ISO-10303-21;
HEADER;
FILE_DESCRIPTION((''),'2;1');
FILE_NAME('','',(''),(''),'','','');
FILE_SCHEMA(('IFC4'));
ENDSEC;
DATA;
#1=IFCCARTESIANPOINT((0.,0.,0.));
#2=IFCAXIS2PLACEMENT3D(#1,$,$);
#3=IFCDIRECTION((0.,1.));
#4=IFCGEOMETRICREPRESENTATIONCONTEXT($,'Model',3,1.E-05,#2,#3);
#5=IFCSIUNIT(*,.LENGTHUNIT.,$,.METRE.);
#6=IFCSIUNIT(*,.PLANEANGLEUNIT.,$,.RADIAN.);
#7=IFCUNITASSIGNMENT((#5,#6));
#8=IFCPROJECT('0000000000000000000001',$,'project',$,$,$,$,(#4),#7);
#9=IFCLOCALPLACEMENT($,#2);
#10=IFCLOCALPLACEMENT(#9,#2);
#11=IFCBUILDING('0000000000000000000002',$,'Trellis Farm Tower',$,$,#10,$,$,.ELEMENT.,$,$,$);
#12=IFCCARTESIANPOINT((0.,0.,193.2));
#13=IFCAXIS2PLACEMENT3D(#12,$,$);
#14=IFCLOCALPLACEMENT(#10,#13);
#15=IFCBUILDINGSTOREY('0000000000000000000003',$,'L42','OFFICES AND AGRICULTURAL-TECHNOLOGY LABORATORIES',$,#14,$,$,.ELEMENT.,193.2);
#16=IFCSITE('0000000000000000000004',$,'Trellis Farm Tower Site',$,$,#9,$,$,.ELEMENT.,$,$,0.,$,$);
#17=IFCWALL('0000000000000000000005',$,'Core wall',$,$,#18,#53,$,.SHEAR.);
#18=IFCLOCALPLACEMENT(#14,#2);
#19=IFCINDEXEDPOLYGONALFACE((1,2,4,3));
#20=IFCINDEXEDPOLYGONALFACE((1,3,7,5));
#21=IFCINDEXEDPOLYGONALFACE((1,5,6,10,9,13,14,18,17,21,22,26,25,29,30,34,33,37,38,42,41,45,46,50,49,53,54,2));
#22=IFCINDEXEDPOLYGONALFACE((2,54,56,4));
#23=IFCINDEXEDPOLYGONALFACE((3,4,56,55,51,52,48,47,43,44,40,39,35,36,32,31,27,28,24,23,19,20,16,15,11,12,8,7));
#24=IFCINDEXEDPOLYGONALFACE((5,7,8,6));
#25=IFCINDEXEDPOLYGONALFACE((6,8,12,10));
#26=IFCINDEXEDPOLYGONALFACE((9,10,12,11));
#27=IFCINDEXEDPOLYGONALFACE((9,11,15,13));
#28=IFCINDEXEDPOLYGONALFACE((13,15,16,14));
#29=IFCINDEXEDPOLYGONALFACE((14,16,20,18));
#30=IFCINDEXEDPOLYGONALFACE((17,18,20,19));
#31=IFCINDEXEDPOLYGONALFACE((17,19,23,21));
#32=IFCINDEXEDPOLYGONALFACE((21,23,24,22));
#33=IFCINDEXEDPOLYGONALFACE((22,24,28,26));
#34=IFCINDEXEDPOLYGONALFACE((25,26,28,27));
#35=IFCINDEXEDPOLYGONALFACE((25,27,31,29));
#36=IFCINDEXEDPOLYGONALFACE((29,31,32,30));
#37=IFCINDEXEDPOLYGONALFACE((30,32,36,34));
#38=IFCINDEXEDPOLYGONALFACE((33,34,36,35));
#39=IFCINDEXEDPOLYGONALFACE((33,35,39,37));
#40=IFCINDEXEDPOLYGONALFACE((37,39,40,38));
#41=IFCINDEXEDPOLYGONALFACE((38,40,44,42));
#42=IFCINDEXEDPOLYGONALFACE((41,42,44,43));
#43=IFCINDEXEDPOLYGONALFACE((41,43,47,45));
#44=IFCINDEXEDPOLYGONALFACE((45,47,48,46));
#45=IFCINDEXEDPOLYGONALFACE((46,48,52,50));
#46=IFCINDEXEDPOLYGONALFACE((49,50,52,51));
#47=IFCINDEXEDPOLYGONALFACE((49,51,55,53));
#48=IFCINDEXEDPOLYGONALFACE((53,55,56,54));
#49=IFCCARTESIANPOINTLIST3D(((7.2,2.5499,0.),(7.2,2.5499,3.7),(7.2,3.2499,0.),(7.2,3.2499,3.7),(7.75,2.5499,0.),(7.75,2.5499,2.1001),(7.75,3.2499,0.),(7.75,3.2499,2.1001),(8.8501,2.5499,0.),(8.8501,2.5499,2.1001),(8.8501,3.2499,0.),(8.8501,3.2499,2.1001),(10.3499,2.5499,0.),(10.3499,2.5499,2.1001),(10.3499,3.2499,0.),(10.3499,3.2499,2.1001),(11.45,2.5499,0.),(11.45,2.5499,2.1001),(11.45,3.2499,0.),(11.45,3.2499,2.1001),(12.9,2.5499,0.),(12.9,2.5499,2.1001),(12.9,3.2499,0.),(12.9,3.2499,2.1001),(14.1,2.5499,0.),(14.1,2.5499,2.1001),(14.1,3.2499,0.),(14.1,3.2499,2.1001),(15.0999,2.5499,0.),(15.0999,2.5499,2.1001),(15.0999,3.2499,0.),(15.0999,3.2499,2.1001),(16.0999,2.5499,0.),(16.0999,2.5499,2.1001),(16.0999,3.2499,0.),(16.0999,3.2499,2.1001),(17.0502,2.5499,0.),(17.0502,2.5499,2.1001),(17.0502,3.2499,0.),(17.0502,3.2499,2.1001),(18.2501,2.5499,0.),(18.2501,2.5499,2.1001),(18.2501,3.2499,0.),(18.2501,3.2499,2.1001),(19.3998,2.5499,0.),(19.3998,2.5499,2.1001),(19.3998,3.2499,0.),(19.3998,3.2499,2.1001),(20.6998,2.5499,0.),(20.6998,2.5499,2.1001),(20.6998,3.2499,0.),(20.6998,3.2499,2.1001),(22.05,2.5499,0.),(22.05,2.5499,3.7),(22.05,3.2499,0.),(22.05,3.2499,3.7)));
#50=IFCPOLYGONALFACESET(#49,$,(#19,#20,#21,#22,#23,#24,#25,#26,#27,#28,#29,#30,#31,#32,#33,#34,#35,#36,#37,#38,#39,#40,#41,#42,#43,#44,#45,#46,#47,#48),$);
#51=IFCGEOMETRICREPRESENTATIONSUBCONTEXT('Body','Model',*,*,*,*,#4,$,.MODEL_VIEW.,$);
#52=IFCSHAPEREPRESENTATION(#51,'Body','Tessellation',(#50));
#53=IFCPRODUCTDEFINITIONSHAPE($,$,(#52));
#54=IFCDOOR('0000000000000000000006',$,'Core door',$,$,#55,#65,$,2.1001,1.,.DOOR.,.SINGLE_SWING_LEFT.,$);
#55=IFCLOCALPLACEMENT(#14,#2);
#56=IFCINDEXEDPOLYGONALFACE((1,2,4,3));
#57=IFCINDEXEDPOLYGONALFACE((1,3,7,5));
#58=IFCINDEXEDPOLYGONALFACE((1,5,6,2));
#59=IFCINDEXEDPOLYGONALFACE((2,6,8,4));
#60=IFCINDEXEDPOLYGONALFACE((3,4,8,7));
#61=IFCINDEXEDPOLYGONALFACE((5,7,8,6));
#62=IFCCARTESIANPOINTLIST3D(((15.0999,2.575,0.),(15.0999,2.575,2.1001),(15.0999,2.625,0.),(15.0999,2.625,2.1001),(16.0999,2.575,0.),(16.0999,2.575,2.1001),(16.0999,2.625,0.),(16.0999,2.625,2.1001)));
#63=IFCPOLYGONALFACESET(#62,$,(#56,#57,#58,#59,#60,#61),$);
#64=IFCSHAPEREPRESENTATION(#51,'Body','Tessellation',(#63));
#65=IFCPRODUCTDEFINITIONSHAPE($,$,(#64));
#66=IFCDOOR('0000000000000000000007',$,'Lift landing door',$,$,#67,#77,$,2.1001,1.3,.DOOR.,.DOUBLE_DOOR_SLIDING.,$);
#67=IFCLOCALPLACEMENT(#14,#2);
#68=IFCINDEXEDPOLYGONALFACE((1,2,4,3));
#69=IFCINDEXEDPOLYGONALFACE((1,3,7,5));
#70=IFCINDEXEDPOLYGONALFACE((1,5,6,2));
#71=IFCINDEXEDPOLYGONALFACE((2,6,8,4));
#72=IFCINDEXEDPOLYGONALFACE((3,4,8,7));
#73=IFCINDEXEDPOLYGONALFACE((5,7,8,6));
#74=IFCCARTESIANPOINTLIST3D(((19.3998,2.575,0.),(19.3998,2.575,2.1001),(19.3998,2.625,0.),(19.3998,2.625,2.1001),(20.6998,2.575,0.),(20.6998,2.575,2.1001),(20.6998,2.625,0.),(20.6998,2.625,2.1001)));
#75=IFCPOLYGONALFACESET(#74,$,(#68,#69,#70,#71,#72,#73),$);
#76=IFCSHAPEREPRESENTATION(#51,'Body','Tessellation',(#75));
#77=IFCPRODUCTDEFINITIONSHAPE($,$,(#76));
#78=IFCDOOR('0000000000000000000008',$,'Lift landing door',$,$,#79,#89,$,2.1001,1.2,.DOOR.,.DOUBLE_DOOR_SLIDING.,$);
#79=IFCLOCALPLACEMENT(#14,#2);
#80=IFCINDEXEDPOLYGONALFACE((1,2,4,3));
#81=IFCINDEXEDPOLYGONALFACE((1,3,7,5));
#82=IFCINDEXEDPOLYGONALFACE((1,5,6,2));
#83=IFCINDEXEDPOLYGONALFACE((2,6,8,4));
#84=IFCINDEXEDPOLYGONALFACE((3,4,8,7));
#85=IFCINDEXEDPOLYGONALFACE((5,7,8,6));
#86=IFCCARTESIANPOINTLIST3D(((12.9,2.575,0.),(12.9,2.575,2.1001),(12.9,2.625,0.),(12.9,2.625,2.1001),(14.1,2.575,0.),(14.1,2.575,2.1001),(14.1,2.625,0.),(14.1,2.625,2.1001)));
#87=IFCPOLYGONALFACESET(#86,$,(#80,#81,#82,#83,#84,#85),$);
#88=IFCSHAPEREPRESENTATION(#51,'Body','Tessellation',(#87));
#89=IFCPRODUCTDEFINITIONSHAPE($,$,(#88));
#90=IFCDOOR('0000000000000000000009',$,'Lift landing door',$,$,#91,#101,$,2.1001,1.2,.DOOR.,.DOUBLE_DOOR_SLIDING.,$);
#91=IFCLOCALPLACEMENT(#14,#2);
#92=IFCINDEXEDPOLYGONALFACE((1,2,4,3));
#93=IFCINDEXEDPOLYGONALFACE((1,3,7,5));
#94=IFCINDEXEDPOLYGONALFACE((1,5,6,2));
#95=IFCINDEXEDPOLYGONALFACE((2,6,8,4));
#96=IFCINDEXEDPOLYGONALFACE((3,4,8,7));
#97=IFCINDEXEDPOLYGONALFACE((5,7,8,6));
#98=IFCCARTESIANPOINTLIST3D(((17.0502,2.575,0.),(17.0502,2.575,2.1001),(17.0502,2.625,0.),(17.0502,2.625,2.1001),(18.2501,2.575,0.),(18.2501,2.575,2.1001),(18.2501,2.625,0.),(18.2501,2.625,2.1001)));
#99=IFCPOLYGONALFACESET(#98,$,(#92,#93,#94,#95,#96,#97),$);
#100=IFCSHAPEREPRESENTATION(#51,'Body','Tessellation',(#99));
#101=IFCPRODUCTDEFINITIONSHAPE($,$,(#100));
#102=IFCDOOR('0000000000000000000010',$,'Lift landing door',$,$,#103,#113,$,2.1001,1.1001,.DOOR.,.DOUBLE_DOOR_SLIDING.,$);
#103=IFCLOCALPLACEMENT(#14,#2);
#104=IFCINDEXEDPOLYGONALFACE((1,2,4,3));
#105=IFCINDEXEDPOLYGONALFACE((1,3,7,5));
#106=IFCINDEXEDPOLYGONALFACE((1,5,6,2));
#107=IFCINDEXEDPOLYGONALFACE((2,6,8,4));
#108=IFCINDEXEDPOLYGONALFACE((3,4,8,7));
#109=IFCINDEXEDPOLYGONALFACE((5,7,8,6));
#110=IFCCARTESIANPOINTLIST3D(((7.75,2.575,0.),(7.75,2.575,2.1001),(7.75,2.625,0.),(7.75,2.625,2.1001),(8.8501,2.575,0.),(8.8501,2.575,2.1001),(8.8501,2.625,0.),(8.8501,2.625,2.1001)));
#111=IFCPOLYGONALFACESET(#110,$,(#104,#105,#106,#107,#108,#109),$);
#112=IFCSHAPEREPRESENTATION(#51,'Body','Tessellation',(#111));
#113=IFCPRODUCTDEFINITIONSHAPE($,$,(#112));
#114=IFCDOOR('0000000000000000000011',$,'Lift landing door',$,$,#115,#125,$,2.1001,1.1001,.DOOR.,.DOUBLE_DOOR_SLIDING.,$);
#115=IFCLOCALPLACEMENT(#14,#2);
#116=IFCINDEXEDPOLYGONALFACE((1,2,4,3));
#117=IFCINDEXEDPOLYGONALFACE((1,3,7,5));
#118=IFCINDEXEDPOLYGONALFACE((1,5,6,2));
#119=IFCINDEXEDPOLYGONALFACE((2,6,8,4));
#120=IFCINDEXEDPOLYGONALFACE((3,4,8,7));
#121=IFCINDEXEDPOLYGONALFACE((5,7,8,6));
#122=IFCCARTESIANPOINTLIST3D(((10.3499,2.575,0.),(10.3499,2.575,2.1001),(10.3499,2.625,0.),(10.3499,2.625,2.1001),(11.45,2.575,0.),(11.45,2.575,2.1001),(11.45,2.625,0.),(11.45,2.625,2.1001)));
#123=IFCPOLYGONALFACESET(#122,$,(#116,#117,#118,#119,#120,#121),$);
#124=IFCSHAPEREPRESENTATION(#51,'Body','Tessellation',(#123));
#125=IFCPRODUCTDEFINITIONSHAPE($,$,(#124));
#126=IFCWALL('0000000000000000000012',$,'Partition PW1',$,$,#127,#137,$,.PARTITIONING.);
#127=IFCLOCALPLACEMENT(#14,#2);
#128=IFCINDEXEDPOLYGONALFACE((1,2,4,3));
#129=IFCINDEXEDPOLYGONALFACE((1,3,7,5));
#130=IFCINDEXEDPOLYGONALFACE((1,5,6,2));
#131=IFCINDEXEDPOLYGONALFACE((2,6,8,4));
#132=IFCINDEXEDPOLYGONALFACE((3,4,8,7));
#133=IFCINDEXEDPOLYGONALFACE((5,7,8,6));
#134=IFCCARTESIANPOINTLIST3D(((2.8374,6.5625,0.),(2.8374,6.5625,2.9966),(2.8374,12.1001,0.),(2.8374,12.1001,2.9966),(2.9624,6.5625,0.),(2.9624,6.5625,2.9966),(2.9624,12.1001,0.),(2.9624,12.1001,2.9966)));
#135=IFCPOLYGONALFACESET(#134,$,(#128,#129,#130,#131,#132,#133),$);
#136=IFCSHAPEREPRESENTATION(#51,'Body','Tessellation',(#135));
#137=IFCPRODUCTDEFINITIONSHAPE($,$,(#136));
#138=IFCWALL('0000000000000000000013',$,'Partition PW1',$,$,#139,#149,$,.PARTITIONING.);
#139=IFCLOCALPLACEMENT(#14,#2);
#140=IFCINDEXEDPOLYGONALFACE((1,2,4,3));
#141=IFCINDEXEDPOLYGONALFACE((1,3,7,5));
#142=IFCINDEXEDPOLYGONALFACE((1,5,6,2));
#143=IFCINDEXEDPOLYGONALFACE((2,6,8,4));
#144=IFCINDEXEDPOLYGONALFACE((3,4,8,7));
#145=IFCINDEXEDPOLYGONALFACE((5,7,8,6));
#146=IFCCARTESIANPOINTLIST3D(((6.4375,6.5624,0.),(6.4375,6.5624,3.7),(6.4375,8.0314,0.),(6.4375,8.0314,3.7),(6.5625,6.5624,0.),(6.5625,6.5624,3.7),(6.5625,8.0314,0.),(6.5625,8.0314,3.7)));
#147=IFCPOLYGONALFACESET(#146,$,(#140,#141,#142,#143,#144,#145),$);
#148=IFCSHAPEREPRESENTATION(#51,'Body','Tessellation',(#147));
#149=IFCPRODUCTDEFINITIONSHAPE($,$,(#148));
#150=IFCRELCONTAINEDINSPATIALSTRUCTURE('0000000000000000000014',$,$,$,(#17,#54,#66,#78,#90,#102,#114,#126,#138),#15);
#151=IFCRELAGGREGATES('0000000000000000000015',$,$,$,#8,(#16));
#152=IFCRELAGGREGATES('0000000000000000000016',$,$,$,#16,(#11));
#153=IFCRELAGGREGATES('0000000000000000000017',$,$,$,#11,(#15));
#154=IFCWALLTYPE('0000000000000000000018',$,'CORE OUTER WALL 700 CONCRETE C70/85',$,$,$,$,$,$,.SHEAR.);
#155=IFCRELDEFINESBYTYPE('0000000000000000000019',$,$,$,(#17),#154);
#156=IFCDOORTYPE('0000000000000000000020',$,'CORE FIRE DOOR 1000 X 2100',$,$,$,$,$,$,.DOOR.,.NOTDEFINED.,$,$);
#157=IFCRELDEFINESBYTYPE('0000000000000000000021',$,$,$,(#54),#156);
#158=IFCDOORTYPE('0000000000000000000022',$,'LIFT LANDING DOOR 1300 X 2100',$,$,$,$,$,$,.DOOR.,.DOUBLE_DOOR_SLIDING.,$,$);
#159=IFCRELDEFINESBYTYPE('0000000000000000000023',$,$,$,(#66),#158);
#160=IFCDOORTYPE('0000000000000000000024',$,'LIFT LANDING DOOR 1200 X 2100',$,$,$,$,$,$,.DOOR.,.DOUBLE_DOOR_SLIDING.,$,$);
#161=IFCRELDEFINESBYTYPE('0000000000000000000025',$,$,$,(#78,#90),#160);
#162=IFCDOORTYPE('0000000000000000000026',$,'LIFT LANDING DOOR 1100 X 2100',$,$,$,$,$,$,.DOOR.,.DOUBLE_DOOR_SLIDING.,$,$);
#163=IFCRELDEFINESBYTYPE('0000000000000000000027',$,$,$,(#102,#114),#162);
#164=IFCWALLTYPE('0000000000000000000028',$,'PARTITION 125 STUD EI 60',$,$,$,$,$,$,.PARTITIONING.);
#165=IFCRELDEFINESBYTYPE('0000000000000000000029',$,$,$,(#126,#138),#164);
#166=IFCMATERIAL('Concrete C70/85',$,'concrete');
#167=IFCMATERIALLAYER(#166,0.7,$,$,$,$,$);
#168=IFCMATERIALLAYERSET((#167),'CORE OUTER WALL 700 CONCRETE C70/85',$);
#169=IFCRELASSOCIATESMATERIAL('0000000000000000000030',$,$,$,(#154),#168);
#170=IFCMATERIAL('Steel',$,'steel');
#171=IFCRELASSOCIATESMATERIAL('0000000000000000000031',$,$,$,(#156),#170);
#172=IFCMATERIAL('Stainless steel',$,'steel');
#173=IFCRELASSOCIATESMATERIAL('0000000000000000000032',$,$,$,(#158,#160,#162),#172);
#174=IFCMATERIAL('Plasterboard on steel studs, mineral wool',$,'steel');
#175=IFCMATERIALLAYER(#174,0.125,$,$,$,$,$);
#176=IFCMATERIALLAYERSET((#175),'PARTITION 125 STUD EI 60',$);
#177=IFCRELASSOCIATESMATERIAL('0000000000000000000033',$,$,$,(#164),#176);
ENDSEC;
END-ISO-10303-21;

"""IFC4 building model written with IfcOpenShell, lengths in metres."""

from ifc_helpers import new_model, si_unit, direction, frame, frame_2d, origin, place, context, subcontext, project, spatial, rectangle, extrude, source, transform, mapped, material, layer, layer_set, type_object, element, fill, save


model = new_model("IFC4")

# Units and contexts
model_context = context("Model", 3, precision=1e-05, world=origin(), true_north=direction((0.0, 1.0)))
body_context = subcontext(model_context, "Body", "Model", "MODEL_VIEW")
ifc_project = project(units=[si_unit("LENGTHUNIT", "METRE"), si_unit("PLANEANGLEUNIT", "RADIAN")], contexts=[model_context])

# Site, building, storey
site_placement = place(None, origin())
site = spatial("IfcSite", under=ifc_project, at=site_placement, Name="Trellis Farm Tower Site", CompositionType="ELEMENT", RefElevation=0.0)
building_placement = place(site_placement, origin())
building = spatial("IfcBuilding", under=site, at=building_placement, Name="Trellis Farm Tower", CompositionType="ELEMENT")
storey_placement = place(building_placement, frame((0.0, 0.0, 193.2)))
storey = spatial("IfcBuildingStorey", under=building, at=storey_placement, Name="L42", Description="OFFICES AND AGRICULTURAL-TECHNOLOGY LABORATORIES", CompositionType="ELEMENT", Elevation=193.2)

# Shared definitions
ifc_material_1 = material(Name="Concrete C70/85", Category="concrete")

# Wall, openings, doors
ifc_layer_1 = layer(ifc_material_1, 0.7)
ifc_layer_set_1 = layer_set([ifc_layer_1], Name="CORE OUTER WALL 700 CONCRETE C70/85")
wall_type_1 = type_object("IfcWallType", Name="CORE OUTER WALL 700 CONCRETE C70/85", PredefinedType="SHEAR", material=ifc_layer_set_1)
shared_shape_1 = source(origin(), body_context, "Body", "SweptSolid", [
    extrude(rectangle(XDim=14.8501, YDim=0.7, at=frame_2d((7.425, 0.0))), origin(), (0.0, 0.0, 1.0), 3.7),
])
wall_1_placement = place(storey_placement, frame((7.2, 2.8999, 0.0), z_axis=(0.0, 0.0, 1.0), x_axis=(1.0, 0.0, 0.0)))
wall_1 = element("IfcWall", 1, at=wall_1_placement, inside=storey, type_object=wall_type_1, Name="Core wall", PredefinedType="SHEAR", context=body_context, shape_type="MappedRepresentation", body=[
    mapped(shared_shape_1, transform((0.0, 0.0, 0.0))),
])
shared_shape_2 = source(origin(), body_context, "Body", "SweptSolid", [
    extrude(rectangle(XDim=1.1001, YDim=2.1001, at=frame_2d((0.55, 1.05))), frame((0.0, 0.3601, 0.0), z_axis=(0.0, -1.0, 0.0), x_axis=(1.0, 0.0, 0.0)), (0.0, 0.0, 1.0), 0.7202),
])
opening_1_placement = place(wall_1_placement, frame((0.55, 0.0, 0.0)))
opening_1 = element("IfcOpeningElement", 2, at=opening_1_placement, cuts=wall_1, PredefinedType="OPENING", context=body_context, shape_type="MappedRepresentation", body=[
    mapped(shared_shape_2, transform((0.0, 0.0, 0.0))),
])
opening_2_placement = place(wall_1_placement, frame((3.1499, 0.0, 0.0)))
opening_2 = element("IfcOpeningElement", 3, at=opening_2_placement, cuts=wall_1, PredefinedType="OPENING", context=body_context, shape_type="MappedRepresentation", body=[
    mapped(shared_shape_2, transform((0.0, 0.0, 0.0))),
])
shared_shape_3 = source(origin(), body_context, "Body", "SweptSolid", [
    extrude(rectangle(XDim=1.2, YDim=2.1001, at=frame_2d((0.6001, 1.05))), frame((0.0, 0.3601, 0.0), z_axis=(0.0, -1.0, 0.0), x_axis=(1.0, 0.0, 0.0)), (0.0, 0.0, 1.0), 0.7202),
])
opening_3_placement = place(wall_1_placement, frame((5.7, 0.0, 0.0)))
opening_3 = element("IfcOpeningElement", 4, at=opening_3_placement, cuts=wall_1, PredefinedType="OPENING", context=body_context, shape_type="MappedRepresentation", body=[
    mapped(shared_shape_3, transform((0.0, 0.0, 0.0))),
])
shared_shape_4 = source(origin(), body_context, "Body", "SweptSolid", [
    extrude(rectangle(XDim=1.3, YDim=2.1001, at=frame_2d((0.6499, 1.05))), frame((0.0, 0.3601, 0.0), z_axis=(0.0, -1.0, 0.0), x_axis=(1.0, 0.0, 0.0)), (0.0, 0.0, 1.0), 0.7202),
])
opening_4_placement = place(wall_1_placement, frame((12.2, 0.0, 0.0)))
opening_4 = element("IfcOpeningElement", 5, at=opening_4_placement, cuts=wall_1, PredefinedType="OPENING", context=body_context, shape_type="MappedRepresentation", body=[
    mapped(shared_shape_4, transform((0.0, 0.0, 0.0))),
])
opening_5_placement = place(wall_1_placement, frame((9.8501, 0.0, 0.0)))
opening_5 = element("IfcOpeningElement", 6, at=opening_5_placement, cuts=wall_1, PredefinedType="OPENING", context=body_context, shape_type="MappedRepresentation", body=[
    mapped(shared_shape_3, transform((0.0, 0.0, 0.0))),
])
shared_shape_5 = source(origin(), body_context, "Body", "SweptSolid", [
    extrude(rectangle(XDim=1.0, YDim=2.1001, at=frame_2d((0.5, 1.05))), frame((0.0, 0.3601, 0.0), z_axis=(0.0, -1.0, 0.0), x_axis=(1.0, 0.0, 0.0)), (0.0, 0.0, 1.0), 0.7202),
])
opening_6_placement = place(wall_1_placement, frame((7.8999, 0.0, 0.0)))
opening_6 = element("IfcOpeningElement", 7, at=opening_6_placement, cuts=wall_1, PredefinedType="OPENING", context=body_context, shape_type="MappedRepresentation", body=[
    mapped(shared_shape_5, transform((0.0, 0.0, 0.0))),
])
ifc_material_2 = material(Name="Steel", Category="steel")
door_type_1 = type_object("IfcDoorType", Name="CORE FIRE DOOR 1000 X 2100", OperationType="NOTDEFINED", PredefinedType="DOOR", material=ifc_material_2)
shared_shape_6 = source(origin(), body_context, "Body", "SweptSolid", [
    extrude(rectangle(XDim=1.0, YDim=2.1001, at=frame_2d((0.5, 1.05))), frame((0.0, -0.2749, 0.0), z_axis=(0.0, -1.0, 0.0), x_axis=(1.0, 0.0, 0.0)), (0.0, 0.0, 1.0), 0.05),
])
door_1_placement = place(opening_6_placement, origin())
door_1 = element("IfcDoor", 8, at=door_1_placement, inside=storey, type_object=door_type_1, Name="Core door", OperationType="SINGLE_SWING_LEFT", OverallHeight=2.1001, OverallWidth=1.0, PredefinedType="DOOR", context=body_context, shape_type="MappedRepresentation", body=[
    mapped(shared_shape_6, transform((0.0, 0.0, 0.0))),
])
fill(opening_6, door_1)
ifc_material_3 = material(Name="Stainless steel", Category="steel")
door_type_2 = type_object("IfcDoorType", Name="LIFT LANDING DOOR 1300 X 2100", OperationType="DOUBLE_DOOR_SLIDING", PredefinedType="DOOR", material=ifc_material_3)
shared_shape_7 = source(origin(), body_context, "Body", "SweptSolid", [
    extrude(rectangle(XDim=1.3, YDim=2.1001, at=frame_2d((0.6499, 1.05))), frame((0.0, -0.2749, 0.0), z_axis=(0.0, -1.0, 0.0), x_axis=(1.0, 0.0, 0.0)), (0.0, 0.0, 1.0), 0.05),
])
door_2_placement = place(opening_4_placement, origin())
door_2 = element("IfcDoor", 9, at=door_2_placement, inside=storey, type_object=door_type_2, Name="Lift landing door", OperationType="DOUBLE_DOOR_SLIDING", OverallHeight=2.1001, OverallWidth=1.3, PredefinedType="DOOR", context=body_context, shape_type="MappedRepresentation", body=[
    mapped(shared_shape_7, transform((0.0, 0.0, 0.0))),
])
fill(opening_4, door_2)
door_type_3 = type_object("IfcDoorType", Name="LIFT LANDING DOOR 1200 X 2100", OperationType="DOUBLE_DOOR_SLIDING", PredefinedType="DOOR", material=ifc_material_3)
shared_shape_8 = source(origin(), body_context, "Body", "SweptSolid", [
    extrude(rectangle(XDim=1.2, YDim=2.1001, at=frame_2d((0.6001, 1.05))), frame((0.0, -0.2749, 0.0), z_axis=(0.0, -1.0, 0.0), x_axis=(1.0, 0.0, 0.0)), (0.0, 0.0, 1.0), 0.05),
])
door_3_placement = place(opening_3_placement, origin())
door_3 = element("IfcDoor", 10, at=door_3_placement, inside=storey, type_object=door_type_3, Name="Lift landing door", OperationType="DOUBLE_DOOR_SLIDING", OverallHeight=2.1001, OverallWidth=1.2, PredefinedType="DOOR", context=body_context, shape_type="MappedRepresentation", body=[
    mapped(shared_shape_8, transform((0.0, 0.0, 0.0))),
])
fill(opening_3, door_3)
door_4_placement = place(opening_5_placement, origin())
door_4 = element("IfcDoor", 11, at=door_4_placement, inside=storey, type_object=door_type_3, Name="Lift landing door", OperationType="DOUBLE_DOOR_SLIDING", OverallHeight=2.1001, OverallWidth=1.2, PredefinedType="DOOR", context=body_context, shape_type="MappedRepresentation", body=[
    mapped(shared_shape_8, transform((0.0, 0.0, 0.0))),
])
fill(opening_5, door_4)
door_type_4 = type_object("IfcDoorType", Name="LIFT LANDING DOOR 1100 X 2100", OperationType="DOUBLE_DOOR_SLIDING", PredefinedType="DOOR", material=ifc_material_3)
shared_shape_9 = source(origin(), body_context, "Body", "SweptSolid", [
    extrude(rectangle(XDim=1.1001, YDim=2.1001, at=frame_2d((0.55, 1.05))), frame((0.0, -0.2749, 0.0), z_axis=(0.0, -1.0, 0.0), x_axis=(1.0, 0.0, 0.0)), (0.0, 0.0, 1.0), 0.05),
])
door_5_placement = place(opening_1_placement, origin())
door_5 = element("IfcDoor", 12, at=door_5_placement, inside=storey, type_object=door_type_4, Name="Lift landing door", OperationType="DOUBLE_DOOR_SLIDING", OverallHeight=2.1001, OverallWidth=1.1001, PredefinedType="DOOR", context=body_context, shape_type="MappedRepresentation", body=[
    mapped(shared_shape_9, transform((0.0, 0.0, 0.0))),
])
fill(opening_1, door_5)
door_6_placement = place(opening_2_placement, origin())
door_6 = element("IfcDoor", 13, at=door_6_placement, inside=storey, type_object=door_type_4, Name="Lift landing door", OperationType="DOUBLE_DOOR_SLIDING", OverallHeight=2.1001, OverallWidth=1.1001, PredefinedType="DOOR", context=body_context, shape_type="MappedRepresentation", body=[
    mapped(shared_shape_9, transform((0.0, 0.0, 0.0))),
])
fill(opening_2, door_6)

# Walls
ifc_material_4 = material(Name="Plasterboard on steel studs, mineral wool", Category="steel")
ifc_layer_2 = layer(ifc_material_4, 0.125)
ifc_layer_set_2 = layer_set([ifc_layer_2], Name="PARTITION 125 STUD EI 60")
wall_type_2 = type_object("IfcWallType", Name="PARTITION 125 STUD EI 60", PredefinedType="PARTITIONING", material=ifc_layer_set_2)
shared_shape_10 = source(origin(), body_context, "Body", "SweptSolid", [
    extrude(rectangle(XDim=5.5376, YDim=0.125, at=frame_2d((2.7688, 0.0))), origin(), (0.0, 0.0, 1.0), 2.9966),
])
wall_2_placement = place(storey_placement, frame((2.8999, 12.1001, 0.0), z_axis=(0.0, 0.0, 1.0), x_axis=(0.0, -1.0, 0.0)))
element("IfcWall", 14, at=wall_2_placement, inside=storey, type_object=wall_type_2, Name="Partition PW1", PredefinedType="PARTITIONING", context=body_context, shape_type="MappedRepresentation", body=[
    mapped(shared_shape_10, transform((0.0, 0.0, 0.0))),
])
shared_shape_11 = source(origin(), body_context, "Body", "SweptSolid", [
    extrude(rectangle(XDim=1.469, YDim=0.125, at=frame_2d((0.7344, 0.0))), origin(), (0.0, 0.0, 1.0), 3.7),
])
wall_3_placement = place(storey_placement, frame((6.5, 6.5625, 0.0), z_axis=(0.0, 0.0, 1.0), x_axis=(0.0, 1.0, 0.0)))
element("IfcWall", 15, at=wall_3_placement, inside=storey, type_object=wall_type_2, Name="Partition PW1", PredefinedType="PARTITIONING", context=body_context, shape_type="MappedRepresentation", body=[
    mapped(shared_shape_11, transform((0.0, 0.0, 0.0))),
])

save(model, "model.ifc")
